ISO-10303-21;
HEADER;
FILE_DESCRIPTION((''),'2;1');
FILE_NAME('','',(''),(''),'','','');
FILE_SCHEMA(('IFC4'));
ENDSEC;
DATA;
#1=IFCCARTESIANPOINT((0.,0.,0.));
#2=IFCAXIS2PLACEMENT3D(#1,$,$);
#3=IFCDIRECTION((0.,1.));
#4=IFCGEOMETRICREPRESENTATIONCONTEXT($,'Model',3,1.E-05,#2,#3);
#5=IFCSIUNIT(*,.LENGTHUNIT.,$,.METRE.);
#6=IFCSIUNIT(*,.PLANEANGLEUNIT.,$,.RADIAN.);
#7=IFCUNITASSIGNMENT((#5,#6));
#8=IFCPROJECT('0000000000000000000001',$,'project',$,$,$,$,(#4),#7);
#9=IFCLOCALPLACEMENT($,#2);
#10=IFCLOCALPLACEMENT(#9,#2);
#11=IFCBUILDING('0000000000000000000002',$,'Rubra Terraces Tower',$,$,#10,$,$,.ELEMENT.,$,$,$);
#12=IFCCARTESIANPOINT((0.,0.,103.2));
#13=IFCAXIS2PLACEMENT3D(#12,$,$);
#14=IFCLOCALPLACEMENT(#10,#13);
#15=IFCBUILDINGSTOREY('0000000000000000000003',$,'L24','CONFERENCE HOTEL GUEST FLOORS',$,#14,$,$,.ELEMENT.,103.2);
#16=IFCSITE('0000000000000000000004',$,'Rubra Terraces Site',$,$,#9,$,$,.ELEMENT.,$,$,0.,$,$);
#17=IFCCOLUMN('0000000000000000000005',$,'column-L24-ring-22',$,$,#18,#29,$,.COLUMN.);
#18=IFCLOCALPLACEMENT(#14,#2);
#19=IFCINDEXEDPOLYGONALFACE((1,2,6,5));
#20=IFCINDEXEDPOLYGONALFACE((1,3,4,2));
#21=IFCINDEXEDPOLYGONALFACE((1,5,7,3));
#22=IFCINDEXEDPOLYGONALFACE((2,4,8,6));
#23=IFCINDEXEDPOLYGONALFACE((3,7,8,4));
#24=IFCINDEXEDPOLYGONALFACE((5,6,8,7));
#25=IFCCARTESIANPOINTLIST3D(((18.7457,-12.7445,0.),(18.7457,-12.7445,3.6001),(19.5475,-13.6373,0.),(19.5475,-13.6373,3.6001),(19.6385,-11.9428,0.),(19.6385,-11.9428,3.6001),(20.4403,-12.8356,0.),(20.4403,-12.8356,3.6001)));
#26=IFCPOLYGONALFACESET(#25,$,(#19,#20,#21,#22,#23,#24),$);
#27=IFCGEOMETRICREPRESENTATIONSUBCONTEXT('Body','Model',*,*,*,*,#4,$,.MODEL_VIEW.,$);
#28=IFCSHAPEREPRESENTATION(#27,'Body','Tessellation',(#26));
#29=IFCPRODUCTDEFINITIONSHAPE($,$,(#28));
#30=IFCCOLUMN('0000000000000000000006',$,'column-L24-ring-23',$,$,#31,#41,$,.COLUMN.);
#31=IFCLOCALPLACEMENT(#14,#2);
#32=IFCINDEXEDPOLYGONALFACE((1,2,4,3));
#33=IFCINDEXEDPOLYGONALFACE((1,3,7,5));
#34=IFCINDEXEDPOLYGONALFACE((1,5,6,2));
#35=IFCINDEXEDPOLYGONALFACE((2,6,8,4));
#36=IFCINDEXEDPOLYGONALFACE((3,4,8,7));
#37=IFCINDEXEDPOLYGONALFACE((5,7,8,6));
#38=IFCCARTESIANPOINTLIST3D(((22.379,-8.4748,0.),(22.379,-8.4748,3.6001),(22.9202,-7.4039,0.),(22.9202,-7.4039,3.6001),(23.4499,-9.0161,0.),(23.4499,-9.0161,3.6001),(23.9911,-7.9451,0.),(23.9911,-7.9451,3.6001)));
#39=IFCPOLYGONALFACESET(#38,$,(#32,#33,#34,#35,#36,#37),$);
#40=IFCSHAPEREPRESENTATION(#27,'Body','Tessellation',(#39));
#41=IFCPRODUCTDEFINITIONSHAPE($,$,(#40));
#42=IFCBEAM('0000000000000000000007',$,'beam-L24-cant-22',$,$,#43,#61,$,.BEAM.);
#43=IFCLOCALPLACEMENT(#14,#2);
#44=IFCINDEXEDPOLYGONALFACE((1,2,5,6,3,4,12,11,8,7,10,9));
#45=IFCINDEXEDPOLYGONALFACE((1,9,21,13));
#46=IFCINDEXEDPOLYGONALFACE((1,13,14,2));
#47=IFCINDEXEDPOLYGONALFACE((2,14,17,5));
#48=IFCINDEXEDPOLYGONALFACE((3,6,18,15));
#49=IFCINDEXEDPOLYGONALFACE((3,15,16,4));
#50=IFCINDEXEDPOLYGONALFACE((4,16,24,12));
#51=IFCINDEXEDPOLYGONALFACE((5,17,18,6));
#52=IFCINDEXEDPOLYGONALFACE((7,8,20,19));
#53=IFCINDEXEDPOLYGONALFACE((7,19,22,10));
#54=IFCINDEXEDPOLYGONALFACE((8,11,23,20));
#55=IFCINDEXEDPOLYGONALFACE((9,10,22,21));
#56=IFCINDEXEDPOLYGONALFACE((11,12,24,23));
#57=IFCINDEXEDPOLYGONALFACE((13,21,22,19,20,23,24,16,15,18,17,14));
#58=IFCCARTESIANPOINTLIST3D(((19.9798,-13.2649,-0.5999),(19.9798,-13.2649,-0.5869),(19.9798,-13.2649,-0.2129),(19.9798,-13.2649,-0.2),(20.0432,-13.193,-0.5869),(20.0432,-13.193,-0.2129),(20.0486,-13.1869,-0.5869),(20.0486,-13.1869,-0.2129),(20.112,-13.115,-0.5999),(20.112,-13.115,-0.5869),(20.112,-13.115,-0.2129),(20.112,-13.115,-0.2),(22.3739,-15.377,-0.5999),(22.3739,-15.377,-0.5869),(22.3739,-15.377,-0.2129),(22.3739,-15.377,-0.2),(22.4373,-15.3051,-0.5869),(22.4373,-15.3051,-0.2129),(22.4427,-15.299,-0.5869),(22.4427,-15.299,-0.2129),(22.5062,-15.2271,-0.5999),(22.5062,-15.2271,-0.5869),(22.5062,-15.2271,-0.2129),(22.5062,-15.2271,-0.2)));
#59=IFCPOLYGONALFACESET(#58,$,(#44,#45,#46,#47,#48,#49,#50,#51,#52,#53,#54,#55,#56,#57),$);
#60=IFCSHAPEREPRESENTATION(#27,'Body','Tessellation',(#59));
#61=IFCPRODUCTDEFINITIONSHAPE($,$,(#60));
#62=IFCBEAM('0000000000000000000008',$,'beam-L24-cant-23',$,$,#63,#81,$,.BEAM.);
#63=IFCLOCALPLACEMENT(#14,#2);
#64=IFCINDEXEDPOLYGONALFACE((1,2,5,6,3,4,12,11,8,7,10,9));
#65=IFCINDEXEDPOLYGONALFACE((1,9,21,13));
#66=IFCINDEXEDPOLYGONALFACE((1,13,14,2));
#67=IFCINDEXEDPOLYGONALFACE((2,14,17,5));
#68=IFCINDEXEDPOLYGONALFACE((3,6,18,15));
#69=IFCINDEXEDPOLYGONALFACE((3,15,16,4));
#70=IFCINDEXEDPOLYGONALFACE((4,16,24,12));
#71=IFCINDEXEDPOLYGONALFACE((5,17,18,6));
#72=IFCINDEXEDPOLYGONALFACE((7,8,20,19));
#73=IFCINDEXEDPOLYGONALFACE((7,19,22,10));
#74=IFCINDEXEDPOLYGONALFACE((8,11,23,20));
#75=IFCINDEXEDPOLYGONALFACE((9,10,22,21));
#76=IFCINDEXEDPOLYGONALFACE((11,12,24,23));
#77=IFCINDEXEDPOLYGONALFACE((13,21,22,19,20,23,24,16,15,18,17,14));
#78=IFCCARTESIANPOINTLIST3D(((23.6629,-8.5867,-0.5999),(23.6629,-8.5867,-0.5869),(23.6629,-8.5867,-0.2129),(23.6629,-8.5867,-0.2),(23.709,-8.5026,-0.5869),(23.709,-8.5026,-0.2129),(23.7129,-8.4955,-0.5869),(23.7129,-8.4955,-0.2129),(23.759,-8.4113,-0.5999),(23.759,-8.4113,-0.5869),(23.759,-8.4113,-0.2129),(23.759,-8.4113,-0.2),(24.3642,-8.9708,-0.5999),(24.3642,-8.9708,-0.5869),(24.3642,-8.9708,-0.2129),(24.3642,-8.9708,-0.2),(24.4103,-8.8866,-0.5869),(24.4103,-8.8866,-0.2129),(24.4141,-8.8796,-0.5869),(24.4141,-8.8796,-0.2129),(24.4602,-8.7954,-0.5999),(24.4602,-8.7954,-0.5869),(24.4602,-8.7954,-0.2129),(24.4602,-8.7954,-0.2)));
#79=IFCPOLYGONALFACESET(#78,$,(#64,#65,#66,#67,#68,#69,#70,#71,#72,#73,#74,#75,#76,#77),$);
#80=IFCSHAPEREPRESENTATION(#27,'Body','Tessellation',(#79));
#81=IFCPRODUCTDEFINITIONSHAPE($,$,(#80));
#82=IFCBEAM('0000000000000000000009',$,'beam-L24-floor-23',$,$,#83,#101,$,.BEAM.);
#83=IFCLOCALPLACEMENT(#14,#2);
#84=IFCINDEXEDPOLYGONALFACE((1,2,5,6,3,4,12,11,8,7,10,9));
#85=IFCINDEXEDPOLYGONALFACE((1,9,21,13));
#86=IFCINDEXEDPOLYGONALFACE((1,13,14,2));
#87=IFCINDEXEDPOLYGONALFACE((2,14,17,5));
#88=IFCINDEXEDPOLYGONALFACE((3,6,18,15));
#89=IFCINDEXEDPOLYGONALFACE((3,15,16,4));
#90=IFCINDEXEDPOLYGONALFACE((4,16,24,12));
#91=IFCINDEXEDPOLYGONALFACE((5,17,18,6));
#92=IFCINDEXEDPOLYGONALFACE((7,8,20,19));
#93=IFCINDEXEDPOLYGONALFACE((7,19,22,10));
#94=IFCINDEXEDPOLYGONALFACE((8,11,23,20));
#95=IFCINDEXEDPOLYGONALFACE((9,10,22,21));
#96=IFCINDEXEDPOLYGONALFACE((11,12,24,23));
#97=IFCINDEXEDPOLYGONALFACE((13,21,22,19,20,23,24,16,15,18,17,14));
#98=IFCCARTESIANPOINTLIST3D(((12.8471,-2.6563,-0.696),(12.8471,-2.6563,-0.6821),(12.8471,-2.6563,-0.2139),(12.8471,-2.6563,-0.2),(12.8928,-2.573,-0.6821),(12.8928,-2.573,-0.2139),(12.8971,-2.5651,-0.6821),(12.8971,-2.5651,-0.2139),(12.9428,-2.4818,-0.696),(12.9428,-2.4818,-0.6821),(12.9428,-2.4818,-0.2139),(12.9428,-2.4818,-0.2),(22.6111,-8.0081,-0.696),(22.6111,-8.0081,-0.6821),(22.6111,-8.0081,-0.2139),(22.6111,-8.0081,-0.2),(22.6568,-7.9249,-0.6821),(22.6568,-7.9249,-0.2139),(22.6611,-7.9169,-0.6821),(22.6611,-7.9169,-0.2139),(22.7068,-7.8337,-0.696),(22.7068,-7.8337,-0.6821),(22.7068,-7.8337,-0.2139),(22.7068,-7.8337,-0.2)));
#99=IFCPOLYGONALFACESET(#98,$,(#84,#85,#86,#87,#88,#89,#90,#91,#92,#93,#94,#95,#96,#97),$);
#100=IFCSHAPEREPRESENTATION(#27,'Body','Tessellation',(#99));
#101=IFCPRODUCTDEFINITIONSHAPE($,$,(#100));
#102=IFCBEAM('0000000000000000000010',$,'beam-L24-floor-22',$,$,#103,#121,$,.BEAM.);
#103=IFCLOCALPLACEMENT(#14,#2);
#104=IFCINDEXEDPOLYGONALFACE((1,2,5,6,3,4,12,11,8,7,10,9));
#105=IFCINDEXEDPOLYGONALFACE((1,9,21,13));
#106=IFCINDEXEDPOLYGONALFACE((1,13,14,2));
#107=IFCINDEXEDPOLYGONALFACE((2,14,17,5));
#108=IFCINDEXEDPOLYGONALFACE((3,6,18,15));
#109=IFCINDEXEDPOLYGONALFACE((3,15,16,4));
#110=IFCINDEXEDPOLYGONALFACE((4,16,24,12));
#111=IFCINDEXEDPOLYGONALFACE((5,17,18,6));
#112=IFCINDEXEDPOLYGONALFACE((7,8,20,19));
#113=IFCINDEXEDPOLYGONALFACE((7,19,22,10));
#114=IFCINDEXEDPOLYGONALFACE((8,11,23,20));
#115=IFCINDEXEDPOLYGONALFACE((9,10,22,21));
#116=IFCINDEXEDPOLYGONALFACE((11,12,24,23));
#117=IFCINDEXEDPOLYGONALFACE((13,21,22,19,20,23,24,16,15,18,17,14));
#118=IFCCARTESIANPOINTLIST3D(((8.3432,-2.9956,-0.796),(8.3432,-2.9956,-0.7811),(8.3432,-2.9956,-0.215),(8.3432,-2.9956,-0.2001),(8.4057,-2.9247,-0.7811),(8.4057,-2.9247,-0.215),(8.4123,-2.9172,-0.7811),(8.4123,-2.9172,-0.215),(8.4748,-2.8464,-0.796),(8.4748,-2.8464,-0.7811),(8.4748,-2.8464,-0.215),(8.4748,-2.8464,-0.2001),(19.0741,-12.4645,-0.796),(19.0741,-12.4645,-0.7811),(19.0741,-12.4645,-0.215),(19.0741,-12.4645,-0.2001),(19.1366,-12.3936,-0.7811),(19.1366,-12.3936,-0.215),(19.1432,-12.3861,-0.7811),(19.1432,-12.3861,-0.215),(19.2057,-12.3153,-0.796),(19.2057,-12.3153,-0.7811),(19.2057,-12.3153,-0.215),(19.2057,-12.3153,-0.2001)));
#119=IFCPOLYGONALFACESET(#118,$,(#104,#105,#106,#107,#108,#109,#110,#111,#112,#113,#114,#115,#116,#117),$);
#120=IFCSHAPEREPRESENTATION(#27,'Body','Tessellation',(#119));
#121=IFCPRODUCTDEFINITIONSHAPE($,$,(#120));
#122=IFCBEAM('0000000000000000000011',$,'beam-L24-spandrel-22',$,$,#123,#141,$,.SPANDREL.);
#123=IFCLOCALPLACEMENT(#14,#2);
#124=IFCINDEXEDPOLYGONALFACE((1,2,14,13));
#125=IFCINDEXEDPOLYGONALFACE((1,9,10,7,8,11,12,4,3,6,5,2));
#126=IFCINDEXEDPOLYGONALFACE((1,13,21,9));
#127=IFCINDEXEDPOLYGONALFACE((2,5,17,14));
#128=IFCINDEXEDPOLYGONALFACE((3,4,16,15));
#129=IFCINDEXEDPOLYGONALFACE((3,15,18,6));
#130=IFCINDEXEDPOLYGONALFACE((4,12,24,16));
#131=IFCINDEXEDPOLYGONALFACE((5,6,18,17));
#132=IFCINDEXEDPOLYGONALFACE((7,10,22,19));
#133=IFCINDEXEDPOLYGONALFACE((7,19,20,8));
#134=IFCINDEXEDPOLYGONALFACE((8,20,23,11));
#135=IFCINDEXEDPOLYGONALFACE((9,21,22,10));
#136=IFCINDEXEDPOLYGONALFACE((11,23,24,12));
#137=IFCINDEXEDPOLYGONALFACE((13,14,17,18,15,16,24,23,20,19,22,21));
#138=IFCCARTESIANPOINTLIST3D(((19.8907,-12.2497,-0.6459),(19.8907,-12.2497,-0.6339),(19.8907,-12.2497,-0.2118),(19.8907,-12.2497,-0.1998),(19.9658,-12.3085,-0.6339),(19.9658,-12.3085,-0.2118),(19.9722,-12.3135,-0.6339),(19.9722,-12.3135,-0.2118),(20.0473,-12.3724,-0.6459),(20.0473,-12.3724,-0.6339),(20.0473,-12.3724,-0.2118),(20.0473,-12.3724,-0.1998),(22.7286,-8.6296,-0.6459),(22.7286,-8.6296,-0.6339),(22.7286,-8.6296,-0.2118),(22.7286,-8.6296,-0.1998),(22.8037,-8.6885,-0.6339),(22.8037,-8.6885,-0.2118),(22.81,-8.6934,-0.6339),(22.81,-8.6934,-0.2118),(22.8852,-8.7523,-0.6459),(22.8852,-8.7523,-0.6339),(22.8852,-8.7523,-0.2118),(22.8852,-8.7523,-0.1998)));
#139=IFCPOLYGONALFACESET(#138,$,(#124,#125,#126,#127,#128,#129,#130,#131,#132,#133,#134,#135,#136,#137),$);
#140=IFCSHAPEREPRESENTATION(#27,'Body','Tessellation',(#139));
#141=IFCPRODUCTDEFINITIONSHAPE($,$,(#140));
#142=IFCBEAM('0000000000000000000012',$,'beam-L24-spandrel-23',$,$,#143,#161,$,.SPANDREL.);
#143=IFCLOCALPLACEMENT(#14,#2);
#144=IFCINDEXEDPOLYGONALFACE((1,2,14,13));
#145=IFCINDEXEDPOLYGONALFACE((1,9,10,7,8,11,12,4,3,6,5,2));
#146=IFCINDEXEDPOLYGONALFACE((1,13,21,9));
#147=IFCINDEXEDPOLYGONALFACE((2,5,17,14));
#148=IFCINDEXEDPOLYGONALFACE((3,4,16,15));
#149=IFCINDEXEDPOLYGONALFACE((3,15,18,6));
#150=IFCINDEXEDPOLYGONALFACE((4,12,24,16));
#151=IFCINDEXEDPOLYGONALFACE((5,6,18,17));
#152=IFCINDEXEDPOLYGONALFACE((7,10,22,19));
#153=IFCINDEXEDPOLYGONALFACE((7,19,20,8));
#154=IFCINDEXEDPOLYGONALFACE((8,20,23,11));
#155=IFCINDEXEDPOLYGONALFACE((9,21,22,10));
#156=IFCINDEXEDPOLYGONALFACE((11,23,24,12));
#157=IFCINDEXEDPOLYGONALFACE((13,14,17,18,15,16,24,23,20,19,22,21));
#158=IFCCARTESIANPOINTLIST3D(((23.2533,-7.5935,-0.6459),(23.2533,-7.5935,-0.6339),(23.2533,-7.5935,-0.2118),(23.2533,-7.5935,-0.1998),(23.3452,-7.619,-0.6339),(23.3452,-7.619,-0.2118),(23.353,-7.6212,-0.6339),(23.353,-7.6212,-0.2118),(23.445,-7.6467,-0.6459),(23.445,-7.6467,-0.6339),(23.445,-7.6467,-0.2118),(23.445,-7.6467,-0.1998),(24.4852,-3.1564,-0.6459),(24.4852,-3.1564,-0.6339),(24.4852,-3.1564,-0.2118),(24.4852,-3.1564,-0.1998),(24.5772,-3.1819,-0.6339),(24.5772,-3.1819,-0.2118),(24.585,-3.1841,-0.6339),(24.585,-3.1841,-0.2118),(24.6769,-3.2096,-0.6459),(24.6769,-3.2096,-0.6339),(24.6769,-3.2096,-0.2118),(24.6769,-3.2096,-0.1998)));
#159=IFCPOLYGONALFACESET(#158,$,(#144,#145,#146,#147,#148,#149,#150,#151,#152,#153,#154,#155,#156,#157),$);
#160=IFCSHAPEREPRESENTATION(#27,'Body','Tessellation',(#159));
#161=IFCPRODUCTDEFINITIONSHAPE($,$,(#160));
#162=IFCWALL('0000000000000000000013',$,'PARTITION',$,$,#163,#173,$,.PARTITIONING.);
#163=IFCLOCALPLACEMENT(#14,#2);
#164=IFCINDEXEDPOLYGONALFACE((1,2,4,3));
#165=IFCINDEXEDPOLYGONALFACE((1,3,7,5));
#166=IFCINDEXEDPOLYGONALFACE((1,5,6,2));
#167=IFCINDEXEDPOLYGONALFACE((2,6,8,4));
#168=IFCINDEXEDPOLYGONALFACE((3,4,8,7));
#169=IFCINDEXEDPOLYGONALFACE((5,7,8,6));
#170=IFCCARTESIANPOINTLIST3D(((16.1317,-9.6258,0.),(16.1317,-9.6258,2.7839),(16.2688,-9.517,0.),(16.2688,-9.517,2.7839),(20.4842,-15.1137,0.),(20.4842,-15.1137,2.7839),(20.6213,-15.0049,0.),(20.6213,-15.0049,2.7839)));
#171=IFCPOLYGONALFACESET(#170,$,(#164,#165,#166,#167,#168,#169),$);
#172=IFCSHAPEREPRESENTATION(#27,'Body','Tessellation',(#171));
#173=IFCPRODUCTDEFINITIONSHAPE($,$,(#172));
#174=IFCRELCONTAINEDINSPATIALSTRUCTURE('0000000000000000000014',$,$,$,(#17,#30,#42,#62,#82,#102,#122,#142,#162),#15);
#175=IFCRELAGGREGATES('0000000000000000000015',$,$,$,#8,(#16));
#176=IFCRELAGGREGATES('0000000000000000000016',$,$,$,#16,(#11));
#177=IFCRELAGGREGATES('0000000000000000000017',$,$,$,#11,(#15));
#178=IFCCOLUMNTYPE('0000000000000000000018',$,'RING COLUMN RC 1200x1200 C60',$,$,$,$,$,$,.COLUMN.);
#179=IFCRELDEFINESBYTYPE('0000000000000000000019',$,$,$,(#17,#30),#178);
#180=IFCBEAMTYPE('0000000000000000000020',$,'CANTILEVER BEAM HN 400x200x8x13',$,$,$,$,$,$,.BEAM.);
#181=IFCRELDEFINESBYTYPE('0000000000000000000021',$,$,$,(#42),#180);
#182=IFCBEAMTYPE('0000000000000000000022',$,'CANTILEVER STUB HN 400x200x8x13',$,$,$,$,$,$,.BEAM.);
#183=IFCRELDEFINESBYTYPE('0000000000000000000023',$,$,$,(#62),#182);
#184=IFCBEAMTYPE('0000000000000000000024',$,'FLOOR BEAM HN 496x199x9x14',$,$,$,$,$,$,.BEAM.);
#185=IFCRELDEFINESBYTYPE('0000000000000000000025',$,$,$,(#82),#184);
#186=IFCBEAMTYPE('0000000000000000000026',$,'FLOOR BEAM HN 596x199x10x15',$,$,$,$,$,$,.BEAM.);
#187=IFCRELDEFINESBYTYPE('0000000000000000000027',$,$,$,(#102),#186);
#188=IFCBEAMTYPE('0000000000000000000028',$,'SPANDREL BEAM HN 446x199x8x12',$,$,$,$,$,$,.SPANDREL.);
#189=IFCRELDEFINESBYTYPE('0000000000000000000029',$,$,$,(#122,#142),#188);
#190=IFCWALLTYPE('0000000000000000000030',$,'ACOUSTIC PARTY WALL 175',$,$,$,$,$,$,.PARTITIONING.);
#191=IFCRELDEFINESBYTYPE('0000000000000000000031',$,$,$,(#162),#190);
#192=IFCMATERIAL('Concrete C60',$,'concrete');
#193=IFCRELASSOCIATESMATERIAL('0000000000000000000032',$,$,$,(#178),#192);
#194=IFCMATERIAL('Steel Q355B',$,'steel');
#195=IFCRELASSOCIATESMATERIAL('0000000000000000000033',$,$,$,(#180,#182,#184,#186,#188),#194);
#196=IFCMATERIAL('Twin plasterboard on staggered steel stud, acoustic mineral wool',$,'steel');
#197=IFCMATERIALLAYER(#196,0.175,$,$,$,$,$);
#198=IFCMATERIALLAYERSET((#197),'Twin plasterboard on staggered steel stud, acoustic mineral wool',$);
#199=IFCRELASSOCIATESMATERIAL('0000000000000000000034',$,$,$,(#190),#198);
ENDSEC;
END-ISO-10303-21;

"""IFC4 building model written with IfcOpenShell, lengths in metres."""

from ifc_helpers import new_model, si_unit, direction, frame, frame_2d, origin, origin_2d, place, context, subcontext, project, spatial, rectangle, i_section, extrude, material, layer, layer_set, material_profile, profile_set, type_object, element, save


model = new_model("IFC4")

# Units and contexts
model_context = context("Model", 3, precision=1e-05, world=origin(), true_north=direction((0.0, 1.0)))
body_context = subcontext(model_context, "Body", "Model", "MODEL_VIEW")
ifc_project = project(units=[si_unit("LENGTHUNIT", "METRE"), si_unit("PLANEANGLEUNIT", "RADIAN")], contexts=[model_context])

# Site, building, storey
site_placement = place(None, origin())
site = spatial("IfcSite", under=ifc_project, at=site_placement, Name="Rubra Terraces Site", CompositionType="ELEMENT", RefElevation=0.0)
building_placement = place(site_placement, origin())
building = spatial("IfcBuilding", under=site, at=building_placement, Name="Rubra Terraces Tower", CompositionType="ELEMENT")
storey_placement = place(building_placement, frame((0.0, 0.0, 103.2)))
storey = spatial("IfcBuildingStorey", under=building, at=storey_placement, Name="L24", Description="CONFERENCE HOTEL GUEST FLOORS", CompositionType="ELEMENT", Elevation=103.2)

# Columns
ifc_material_1 = material(Name="Concrete C60", Category="concrete")
ifc_material_profile_1 = material_profile(ifc_material_1, rectangle(XDim=1.2, YDim=1.2, at=origin_2d()), Name="RC 1200x1200")
ifc_profile_set_1 = profile_set([ifc_material_profile_1], Name="Concrete C60")
column_type = type_object("IfcColumnType", Name="RING COLUMN RC 1200x1200 C60", PredefinedType="COLUMN", material=ifc_profile_set_1)
for number, where, z_axis, x_axis, name in (
    (1, (19.593, -12.79, 0.0), (0.0, 0.0, 1.0), (0.744021, 0.668156, 0.0), "column-L24-ring-22"),
    (2, (23.1851, -8.21, 0.0), (0.0, 0.0, 1.0), (0.451028, 0.89251, 0.0), "column-L24-ring-23"),
):
    element("IfcColumn", number, at=place(storey_placement, frame(where, z_axis=z_axis, x_axis=x_axis)), inside=storey, type_object=column_type, Name=name, PredefinedType="COLUMN", context=body_context, shape_type="SweptSolid", body=[
        extrude(rectangle(XDim=1.2, YDim=1.2, at=origin_2d()), origin(), (0.0, 0.0, 1.0), 3.6001),
    ])

# Beams
ifc_material_2 = material(Name="Steel Q355B", Category="steel")
ifc_material_profile_2 = material_profile(ifc_material_2, i_section(OverallWidth=0.2, OverallDepth=0.3999, WebThickness=0.0081, FlangeThickness=0.0129, at=origin_2d()), Name="HN 400x200x8x13")
ifc_profile_set_2 = profile_set([ifc_material_profile_2], Name="Steel Q355B")
beam_type_1 = type_object("IfcBeamType", Name="CANTILEVER BEAM HN 400x200x8x13", PredefinedType="BEAM", material=ifc_profile_set_2)
beam_1_placement = place(storey_placement, frame((20.0459, -13.1899, -0.3999), z_axis=(0.749889, -0.661563, 0.0), x_axis=(0.661563, 0.749889, 0.0)))
element("IfcBeam", 3, at=beam_1_placement, inside=storey, type_object=beam_type_1, Name="beam-L24-cant-22", PredefinedType="BEAM", context=body_context, shape_type="SweptSolid", body=[
    extrude(i_section(OverallWidth=0.2, OverallDepth=0.3999, WebThickness=0.0081, FlangeThickness=0.0129, at=origin_2d()), origin(), (0.0, 0.0, 1.0), 3.1926),
])
ifc_material_profile_3 = material_profile(ifc_material_2, i_section(OverallWidth=0.2, OverallDepth=0.3999, WebThickness=0.0081, FlangeThickness=0.0129, at=origin_2d()), Name="HN 400x200x8x13")
ifc_profile_set_3 = profile_set([ifc_material_profile_3], Name="Steel Q355B")
beam_type_2 = type_object("IfcBeamType", Name="CANTILEVER STUB HN 400x200x8x13", PredefinedType="BEAM", material=ifc_profile_set_3)
beam_2_placement = place(storey_placement, frame((23.7109, -8.499, -0.3999), z_axis=(0.877066, -0.480371, 0.0), x_axis=(0.480371, 0.877066, 0.0)))
element("IfcBeam", 4, at=beam_2_placement, inside=storey, type_object=beam_type_2, Name="beam-L24-cant-23", PredefinedType="BEAM", context=body_context, shape_type="SweptSolid", body=[
    extrude(i_section(OverallWidth=0.2, OverallDepth=0.3999, WebThickness=0.0081, FlangeThickness=0.0129, at=origin_2d()), origin(), (0.0, 0.0, 1.0), 0.7996),
])
ifc_material_profile_4 = material_profile(ifc_material_2, i_section(OverallWidth=0.199, OverallDepth=0.4961, WebThickness=0.009, FlangeThickness=0.0139, at=origin_2d()), Name="HN 496x199x9x14")
ifc_profile_set_4 = profile_set([ifc_material_profile_4], Name="Steel Q355B")
beam_type_3 = type_object("IfcBeamType", Name="FLOOR BEAM HN 496x199x9x14", PredefinedType="BEAM", material=ifc_profile_set_4)
beam_3_placement = place(storey_placement, frame((22.6589, -7.9209, -0.448), z_axis=(-0.876911, 0.480653, 0.0), x_axis=(-0.480653, -0.876911, 0.0)))
element("IfcBeam", 5, at=beam_3_placement, inside=storey, type_object=beam_type_3, Name="beam-L24-floor-23", PredefinedType="BEAM", context=body_context, shape_type="SweptSolid", body=[
    extrude(i_section(OverallWidth=0.199, OverallDepth=0.4961, WebThickness=0.009, FlangeThickness=0.0139, at=origin_2d()), origin(), (0.0, 0.0, 1.0), 11.1345),
])
ifc_material_profile_5 = material_profile(ifc_material_2, i_section(OverallWidth=0.199, OverallDepth=0.5959, WebThickness=0.01, FlangeThickness=0.0149, at=origin_2d()), Name="HN 596x199x10x15")
ifc_profile_set_5 = profile_set([ifc_material_profile_5], Name="Steel Q355B")
beam_type_4 = type_object("IfcBeamType", Name="FLOOR BEAM HN 596x199x10x15", PredefinedType="BEAM", material=ifc_profile_set_5)
beam_4_placement = place(storey_placement, frame((19.1399, -12.3899, -0.498), z_axis=(-0.74982, 0.661641, 0.0), x_axis=(-0.661641, -0.74982, 0.0)))
element("IfcBeam", 6, at=beam_4_placement, inside=storey, type_object=beam_type_4, Name="beam-L24-floor-22", PredefinedType="BEAM", context=body_context, shape_type="SweptSolid", body=[
    extrude(i_section(OverallWidth=0.199, OverallDepth=0.5959, WebThickness=0.01, FlangeThickness=0.0149, at=origin_2d()), origin(), (0.0, 0.0, 1.0), 14.3113),
])
ifc_material_profile_6 = material_profile(ifc_material_2, i_section(OverallWidth=0.199, OverallDepth=0.446, WebThickness=0.0081, FlangeThickness=0.012, at=origin_2d()), Name="HN 446x199x8x12")
ifc_profile_set_6 = profile_set([ifc_material_profile_6], Name="Steel Q355B")
beam_type_5 = type_object("IfcBeamType", Name="SPANDREL BEAM HN 446x199x8x12", PredefinedType="SPANDREL", material=ifc_profile_set_6)
beam_5_placement = place(storey_placement, frame((19.969, -12.311, -0.4229), z_axis=(0.616949, 0.787003, 0.0), x_axis=(-0.787003, 0.616949, 0.0)))
element("IfcBeam", 7, at=beam_5_placement, inside=storey, type_object=beam_type_5, Name="beam-L24-spandrel-22", PredefinedType="SPANDREL", context=body_context, shape_type="SweptSolid", body=[
    extrude(i_section(OverallWidth=0.199, OverallDepth=0.446, WebThickness=0.0081, FlangeThickness=0.012, at=origin_2d()), origin(), (0.0, 0.0, 1.0), 4.5999),
])
beam_6_placement = place(storey_placement, frame((23.3491, -7.6201, -0.4229), z_axis=(0.267529, 0.96355, 0.0), x_axis=(-0.96355, 0.267529, 0.0)))
element("IfcBeam", 8, at=beam_6_placement, inside=storey, type_object=beam_type_5, Name="beam-L24-spandrel-23", PredefinedType="SPANDREL", context=body_context, shape_type="SweptSolid", body=[
    extrude(i_section(OverallWidth=0.199, OverallDepth=0.446, WebThickness=0.0081, FlangeThickness=0.012, at=origin_2d()), origin(), (0.0, 0.0, 1.0), 4.605),
])

# Wall
ifc_material_3 = material(Name="Twin plasterboard on staggered steel stud, acoustic mineral wool", Category="steel")
ifc_layer_1 = layer(ifc_material_3, 0.175)
ifc_layer_set_1 = layer_set([ifc_layer_1], Name="Twin plasterboard on staggered steel stud, acoustic mineral wool")
wall_type_1 = type_object("IfcWallType", Name="ACOUSTIC PARTY WALL 175", PredefinedType="PARTITIONING", material=ifc_layer_set_1)
wall_1_placement = place(storey_placement, frame((20.5527, -15.0593, 0.0), z_axis=(0.0, 0.0, 1.0), x_axis=(-0.621391, 0.783501, 0.0)))
element("IfcWall", 9, at=wall_1_placement, inside=storey, type_object=wall_type_1, Name="PARTITION", PredefinedType="PARTITIONING", context=body_context, shape_type="SweptSolid", body=[
    extrude(rectangle(XDim=7.0044, YDim=0.175, at=frame_2d((3.5022, 0.0))), origin(), (0.0, 0.0, 1.0), 2.7839),
])

save(model, "model.ifc")
